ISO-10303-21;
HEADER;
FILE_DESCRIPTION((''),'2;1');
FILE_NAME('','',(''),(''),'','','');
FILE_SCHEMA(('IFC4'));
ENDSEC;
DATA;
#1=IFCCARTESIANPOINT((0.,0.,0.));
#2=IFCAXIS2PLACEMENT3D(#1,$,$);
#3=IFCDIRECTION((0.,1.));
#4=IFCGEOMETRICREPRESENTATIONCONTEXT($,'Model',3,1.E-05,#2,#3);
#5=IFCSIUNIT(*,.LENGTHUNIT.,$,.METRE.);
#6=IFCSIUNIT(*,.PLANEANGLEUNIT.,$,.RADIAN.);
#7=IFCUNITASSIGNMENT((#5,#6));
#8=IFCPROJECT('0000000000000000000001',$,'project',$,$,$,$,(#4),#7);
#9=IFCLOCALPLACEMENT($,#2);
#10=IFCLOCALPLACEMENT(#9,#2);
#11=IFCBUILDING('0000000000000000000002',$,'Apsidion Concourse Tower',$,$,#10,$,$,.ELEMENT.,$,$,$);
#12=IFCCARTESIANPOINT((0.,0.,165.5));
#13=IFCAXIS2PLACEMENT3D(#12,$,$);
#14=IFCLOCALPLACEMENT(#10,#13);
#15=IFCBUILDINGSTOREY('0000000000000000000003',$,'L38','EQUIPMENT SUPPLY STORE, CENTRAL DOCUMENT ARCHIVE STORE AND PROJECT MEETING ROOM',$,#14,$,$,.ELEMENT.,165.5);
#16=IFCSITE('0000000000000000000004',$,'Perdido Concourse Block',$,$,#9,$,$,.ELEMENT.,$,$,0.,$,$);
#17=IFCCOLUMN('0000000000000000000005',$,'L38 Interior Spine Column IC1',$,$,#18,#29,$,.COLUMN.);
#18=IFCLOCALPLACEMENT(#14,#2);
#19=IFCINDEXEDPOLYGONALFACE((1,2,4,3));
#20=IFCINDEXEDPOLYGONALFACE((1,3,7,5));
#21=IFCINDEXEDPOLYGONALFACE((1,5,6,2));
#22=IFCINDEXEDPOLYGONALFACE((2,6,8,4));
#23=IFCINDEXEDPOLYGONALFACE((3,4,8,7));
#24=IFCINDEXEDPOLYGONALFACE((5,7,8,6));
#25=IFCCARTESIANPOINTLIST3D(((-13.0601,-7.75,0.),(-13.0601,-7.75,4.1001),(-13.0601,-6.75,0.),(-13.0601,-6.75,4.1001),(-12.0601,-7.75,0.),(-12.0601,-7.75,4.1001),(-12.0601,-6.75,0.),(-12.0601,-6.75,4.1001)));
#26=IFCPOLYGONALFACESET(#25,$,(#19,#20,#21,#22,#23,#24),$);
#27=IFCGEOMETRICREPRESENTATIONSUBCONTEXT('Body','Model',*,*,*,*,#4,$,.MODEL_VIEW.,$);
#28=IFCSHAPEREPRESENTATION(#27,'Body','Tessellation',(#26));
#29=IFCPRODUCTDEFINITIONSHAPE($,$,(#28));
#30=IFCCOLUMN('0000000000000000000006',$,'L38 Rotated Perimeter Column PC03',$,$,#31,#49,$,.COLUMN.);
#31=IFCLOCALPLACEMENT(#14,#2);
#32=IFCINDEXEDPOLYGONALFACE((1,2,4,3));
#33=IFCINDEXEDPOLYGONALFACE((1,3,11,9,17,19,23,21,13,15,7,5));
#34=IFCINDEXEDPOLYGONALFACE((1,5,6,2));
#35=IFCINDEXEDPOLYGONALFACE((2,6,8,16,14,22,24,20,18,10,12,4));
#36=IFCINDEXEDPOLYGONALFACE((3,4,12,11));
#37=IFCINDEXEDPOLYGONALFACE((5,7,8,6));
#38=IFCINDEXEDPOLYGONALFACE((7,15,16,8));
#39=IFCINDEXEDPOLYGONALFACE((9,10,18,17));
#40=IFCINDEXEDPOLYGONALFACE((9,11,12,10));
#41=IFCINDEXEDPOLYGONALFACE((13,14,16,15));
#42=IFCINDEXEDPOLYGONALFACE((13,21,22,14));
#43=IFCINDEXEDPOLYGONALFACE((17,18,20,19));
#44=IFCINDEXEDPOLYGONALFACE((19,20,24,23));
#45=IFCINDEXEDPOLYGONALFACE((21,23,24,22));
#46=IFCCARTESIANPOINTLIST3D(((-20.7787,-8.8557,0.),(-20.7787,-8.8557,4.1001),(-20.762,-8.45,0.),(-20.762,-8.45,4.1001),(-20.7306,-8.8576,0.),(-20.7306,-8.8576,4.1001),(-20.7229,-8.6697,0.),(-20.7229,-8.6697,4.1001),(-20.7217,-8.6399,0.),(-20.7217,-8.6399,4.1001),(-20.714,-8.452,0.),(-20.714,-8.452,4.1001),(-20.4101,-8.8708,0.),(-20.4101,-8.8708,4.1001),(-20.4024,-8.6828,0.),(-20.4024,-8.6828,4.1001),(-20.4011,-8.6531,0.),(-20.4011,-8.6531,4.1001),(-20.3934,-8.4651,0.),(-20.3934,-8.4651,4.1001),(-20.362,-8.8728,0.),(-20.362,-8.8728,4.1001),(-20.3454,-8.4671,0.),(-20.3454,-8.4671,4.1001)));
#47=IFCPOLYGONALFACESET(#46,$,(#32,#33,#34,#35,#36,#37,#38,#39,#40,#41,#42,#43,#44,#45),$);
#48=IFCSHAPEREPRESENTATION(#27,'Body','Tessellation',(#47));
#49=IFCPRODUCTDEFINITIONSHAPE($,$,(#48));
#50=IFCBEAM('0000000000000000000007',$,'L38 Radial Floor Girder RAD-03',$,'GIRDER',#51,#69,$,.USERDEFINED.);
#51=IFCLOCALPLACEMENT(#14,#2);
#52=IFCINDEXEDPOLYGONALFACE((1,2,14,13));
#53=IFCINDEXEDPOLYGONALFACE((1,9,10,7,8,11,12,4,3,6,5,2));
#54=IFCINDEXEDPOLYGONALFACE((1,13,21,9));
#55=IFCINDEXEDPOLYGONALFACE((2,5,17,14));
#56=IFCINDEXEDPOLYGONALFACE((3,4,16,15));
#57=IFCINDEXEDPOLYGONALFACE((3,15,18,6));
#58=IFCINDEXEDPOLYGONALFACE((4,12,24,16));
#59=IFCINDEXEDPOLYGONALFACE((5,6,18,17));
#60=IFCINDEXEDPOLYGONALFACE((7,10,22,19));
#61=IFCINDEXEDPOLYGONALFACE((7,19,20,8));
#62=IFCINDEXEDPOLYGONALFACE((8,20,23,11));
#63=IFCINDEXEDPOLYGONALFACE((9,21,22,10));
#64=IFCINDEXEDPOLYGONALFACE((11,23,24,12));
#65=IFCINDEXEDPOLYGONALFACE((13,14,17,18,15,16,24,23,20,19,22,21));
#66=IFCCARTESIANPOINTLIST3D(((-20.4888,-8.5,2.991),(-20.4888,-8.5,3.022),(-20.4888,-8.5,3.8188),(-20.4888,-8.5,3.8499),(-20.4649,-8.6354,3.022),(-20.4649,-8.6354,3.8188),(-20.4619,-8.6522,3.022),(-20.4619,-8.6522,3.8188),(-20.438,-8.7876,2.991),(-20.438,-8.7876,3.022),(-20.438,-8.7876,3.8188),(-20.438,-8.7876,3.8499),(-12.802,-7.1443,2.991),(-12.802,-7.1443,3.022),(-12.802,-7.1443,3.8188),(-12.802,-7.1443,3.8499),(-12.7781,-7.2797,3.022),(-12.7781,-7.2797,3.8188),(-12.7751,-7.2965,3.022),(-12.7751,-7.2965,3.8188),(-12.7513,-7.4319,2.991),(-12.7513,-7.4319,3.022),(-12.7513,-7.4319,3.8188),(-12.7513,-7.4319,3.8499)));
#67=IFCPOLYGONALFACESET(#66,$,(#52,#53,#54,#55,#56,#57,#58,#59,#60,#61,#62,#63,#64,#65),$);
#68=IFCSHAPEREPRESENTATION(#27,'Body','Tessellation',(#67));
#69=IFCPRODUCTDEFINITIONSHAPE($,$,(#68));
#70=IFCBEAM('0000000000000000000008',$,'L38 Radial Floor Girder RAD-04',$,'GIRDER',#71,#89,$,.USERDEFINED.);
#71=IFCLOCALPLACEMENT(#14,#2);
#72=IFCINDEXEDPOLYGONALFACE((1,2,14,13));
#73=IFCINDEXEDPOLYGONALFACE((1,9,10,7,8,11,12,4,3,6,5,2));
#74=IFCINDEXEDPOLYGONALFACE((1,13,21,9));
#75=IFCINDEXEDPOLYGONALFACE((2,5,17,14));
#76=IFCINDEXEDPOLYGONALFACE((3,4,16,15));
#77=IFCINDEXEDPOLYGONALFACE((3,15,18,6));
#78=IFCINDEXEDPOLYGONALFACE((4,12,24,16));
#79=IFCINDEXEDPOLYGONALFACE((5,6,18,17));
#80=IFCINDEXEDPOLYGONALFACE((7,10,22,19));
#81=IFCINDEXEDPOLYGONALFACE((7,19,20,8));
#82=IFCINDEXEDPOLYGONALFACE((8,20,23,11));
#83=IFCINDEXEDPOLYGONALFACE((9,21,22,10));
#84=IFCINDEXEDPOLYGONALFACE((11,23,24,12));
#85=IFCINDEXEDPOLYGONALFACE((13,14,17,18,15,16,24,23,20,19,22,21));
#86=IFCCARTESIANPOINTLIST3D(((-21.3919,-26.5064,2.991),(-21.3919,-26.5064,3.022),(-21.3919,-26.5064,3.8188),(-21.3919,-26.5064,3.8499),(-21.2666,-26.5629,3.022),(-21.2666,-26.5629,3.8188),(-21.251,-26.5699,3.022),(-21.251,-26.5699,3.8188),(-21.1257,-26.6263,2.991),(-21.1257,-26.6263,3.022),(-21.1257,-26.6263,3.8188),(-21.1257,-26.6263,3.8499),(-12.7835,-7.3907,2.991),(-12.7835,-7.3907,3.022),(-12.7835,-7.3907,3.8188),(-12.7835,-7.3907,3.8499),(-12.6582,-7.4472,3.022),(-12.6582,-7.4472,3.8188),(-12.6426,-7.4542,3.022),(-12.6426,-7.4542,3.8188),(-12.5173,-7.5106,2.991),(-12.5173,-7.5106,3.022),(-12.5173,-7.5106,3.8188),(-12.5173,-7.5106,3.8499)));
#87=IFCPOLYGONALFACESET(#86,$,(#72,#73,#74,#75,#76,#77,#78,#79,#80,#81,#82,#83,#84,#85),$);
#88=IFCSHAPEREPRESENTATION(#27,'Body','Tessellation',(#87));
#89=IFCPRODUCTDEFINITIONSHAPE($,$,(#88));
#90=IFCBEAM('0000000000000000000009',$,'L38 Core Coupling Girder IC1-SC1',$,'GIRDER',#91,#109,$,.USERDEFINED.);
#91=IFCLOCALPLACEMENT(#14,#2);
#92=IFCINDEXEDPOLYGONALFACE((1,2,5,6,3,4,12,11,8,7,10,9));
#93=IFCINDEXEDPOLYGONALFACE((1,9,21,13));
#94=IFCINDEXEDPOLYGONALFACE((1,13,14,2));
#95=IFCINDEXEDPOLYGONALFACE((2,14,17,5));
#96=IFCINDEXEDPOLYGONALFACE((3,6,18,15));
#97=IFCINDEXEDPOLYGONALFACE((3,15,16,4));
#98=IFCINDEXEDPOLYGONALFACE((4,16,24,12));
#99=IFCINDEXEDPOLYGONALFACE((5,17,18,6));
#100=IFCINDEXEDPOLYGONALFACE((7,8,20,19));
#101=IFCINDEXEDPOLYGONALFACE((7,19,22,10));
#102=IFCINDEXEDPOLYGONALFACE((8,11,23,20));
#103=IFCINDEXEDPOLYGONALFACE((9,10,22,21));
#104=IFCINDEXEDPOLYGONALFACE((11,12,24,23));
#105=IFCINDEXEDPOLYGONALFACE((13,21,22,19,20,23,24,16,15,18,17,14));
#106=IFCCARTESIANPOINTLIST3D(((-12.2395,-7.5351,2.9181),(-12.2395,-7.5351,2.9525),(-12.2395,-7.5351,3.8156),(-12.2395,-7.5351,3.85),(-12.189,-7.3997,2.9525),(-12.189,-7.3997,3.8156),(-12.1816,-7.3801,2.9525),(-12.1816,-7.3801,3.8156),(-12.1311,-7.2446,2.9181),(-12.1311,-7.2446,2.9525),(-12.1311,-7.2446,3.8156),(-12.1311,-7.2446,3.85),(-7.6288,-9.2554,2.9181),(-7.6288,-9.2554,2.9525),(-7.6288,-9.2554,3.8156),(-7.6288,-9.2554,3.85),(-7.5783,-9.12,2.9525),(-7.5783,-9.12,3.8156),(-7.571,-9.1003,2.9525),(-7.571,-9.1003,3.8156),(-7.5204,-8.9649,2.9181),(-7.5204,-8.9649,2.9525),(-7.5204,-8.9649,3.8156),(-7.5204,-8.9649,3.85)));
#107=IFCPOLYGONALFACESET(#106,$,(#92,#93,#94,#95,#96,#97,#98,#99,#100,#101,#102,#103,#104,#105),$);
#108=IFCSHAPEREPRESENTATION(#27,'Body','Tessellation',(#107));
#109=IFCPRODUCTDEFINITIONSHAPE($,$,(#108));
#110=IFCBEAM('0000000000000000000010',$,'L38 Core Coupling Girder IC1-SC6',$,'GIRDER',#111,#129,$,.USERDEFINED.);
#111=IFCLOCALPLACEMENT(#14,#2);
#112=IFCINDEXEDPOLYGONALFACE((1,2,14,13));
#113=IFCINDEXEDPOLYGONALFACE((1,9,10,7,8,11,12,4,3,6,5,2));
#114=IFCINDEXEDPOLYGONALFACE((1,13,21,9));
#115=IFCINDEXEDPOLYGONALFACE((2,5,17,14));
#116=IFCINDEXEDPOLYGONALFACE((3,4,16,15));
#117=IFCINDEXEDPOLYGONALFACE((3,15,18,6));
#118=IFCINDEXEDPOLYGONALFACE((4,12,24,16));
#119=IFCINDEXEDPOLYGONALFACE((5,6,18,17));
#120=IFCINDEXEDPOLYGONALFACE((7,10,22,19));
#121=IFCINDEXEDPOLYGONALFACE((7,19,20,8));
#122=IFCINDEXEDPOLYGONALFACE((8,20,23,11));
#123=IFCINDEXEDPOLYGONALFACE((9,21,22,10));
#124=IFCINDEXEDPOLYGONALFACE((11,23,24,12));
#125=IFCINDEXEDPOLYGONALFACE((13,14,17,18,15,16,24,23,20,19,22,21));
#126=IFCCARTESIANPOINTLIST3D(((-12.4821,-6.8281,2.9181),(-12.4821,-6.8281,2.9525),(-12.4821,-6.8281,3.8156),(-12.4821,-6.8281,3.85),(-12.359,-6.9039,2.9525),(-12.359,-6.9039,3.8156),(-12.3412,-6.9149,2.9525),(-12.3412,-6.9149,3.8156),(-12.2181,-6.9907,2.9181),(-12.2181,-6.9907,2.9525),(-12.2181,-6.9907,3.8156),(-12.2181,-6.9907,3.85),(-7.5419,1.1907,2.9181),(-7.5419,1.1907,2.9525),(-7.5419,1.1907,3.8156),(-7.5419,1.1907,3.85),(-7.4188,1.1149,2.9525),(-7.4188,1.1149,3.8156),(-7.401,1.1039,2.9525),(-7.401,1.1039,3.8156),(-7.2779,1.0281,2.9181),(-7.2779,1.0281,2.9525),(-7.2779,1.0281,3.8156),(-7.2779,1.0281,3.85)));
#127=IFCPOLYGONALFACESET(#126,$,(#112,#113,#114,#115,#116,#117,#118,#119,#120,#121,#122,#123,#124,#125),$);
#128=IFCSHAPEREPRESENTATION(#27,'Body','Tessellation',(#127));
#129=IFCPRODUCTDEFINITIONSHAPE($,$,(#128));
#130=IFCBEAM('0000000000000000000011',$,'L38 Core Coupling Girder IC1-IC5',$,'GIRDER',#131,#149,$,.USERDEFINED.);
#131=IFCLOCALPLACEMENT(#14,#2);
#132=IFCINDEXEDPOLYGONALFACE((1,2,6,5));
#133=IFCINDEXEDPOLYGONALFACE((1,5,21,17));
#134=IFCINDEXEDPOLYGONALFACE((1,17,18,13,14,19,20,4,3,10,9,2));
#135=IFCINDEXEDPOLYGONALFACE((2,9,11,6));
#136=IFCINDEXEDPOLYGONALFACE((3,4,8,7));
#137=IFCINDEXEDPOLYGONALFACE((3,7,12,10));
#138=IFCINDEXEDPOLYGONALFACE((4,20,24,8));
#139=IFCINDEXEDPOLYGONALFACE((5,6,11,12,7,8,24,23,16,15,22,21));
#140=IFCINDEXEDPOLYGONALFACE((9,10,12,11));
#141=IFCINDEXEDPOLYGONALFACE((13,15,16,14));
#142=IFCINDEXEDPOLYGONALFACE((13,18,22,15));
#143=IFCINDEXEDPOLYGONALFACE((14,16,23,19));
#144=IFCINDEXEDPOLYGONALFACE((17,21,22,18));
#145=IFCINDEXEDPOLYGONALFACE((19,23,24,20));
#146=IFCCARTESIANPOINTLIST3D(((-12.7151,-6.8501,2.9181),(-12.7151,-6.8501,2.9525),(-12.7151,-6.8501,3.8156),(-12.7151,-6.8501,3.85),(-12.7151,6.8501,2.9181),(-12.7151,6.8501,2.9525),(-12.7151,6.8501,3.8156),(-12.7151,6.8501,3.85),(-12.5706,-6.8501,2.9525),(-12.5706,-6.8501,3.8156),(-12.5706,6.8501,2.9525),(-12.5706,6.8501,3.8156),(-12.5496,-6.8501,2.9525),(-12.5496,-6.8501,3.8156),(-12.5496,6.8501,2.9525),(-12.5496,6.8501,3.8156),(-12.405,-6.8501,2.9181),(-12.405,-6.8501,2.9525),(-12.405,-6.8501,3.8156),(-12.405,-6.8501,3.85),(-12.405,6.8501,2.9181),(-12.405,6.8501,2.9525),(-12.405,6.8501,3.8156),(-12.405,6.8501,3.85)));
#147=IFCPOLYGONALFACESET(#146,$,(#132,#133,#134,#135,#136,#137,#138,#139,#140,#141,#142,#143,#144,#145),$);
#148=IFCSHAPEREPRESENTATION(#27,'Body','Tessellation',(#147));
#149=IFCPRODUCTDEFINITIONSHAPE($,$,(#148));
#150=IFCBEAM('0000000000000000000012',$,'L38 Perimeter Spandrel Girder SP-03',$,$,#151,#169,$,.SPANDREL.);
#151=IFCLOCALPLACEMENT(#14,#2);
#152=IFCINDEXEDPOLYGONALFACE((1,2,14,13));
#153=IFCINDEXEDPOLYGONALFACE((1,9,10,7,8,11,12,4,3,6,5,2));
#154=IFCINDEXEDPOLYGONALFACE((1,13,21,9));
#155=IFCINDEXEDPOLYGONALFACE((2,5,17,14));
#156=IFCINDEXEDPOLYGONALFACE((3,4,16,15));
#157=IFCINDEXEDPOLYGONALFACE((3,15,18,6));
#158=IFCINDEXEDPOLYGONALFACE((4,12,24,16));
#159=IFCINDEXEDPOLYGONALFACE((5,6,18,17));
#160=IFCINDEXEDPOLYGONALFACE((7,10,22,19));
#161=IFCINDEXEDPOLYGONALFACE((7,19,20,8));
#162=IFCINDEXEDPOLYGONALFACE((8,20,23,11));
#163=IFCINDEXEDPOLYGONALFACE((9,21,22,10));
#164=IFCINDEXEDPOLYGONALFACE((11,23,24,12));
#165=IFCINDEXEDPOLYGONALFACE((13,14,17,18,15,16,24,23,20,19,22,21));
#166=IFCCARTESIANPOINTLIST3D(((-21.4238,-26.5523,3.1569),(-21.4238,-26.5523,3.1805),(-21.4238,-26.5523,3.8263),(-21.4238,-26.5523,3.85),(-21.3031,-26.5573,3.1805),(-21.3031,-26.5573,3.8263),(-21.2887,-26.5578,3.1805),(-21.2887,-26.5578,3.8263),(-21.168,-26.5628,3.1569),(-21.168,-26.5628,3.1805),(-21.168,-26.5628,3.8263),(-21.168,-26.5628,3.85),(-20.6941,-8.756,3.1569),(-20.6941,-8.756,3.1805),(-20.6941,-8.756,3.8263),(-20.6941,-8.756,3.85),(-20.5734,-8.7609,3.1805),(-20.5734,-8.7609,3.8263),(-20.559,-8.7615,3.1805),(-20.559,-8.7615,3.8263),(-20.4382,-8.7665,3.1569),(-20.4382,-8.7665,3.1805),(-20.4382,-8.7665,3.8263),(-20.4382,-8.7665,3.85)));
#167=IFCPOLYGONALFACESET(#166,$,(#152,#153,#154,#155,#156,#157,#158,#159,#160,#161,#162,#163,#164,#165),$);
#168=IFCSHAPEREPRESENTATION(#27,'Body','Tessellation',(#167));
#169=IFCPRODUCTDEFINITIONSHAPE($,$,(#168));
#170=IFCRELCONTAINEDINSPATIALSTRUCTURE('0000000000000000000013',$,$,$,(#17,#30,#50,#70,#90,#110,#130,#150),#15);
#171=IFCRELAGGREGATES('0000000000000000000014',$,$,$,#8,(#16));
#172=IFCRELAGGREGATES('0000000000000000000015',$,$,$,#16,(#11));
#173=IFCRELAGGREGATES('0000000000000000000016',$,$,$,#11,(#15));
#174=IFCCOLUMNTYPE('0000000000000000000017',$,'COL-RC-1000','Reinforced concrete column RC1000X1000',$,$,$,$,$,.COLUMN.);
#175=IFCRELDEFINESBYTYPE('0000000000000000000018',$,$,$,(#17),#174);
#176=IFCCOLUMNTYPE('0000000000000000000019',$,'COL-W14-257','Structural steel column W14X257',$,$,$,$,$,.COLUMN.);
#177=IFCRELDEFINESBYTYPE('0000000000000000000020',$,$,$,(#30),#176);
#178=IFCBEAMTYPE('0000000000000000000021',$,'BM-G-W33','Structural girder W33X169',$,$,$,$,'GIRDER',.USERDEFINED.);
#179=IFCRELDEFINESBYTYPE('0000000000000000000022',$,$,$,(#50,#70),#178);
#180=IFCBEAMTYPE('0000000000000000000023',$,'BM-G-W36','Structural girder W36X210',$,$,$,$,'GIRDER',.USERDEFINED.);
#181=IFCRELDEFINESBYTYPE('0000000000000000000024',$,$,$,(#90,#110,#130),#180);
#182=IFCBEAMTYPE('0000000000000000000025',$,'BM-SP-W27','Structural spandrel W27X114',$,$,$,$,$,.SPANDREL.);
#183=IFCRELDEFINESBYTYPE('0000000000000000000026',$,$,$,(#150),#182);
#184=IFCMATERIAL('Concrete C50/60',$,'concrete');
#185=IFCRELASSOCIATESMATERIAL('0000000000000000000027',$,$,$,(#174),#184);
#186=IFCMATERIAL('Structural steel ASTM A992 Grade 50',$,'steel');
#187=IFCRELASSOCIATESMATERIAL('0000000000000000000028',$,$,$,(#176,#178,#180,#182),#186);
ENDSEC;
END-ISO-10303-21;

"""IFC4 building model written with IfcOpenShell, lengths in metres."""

from ifc_helpers import new_model, si_unit, direction, frame, origin, origin_2d, place, context, subcontext, project, spatial, rectangle, i_section, extrude, material, material_profile, profile_set, type_object, element, save


model = new_model("IFC4")

# Units and contexts
model_context = context("Model", 3, precision=1e-05, world=origin(), true_north=direction((0.0, 1.0)))
body_context = subcontext(model_context, "Body", "Model", "MODEL_VIEW")
ifc_project = project(units=[si_unit("LENGTHUNIT", "METRE"), si_unit("PLANEANGLEUNIT", "RADIAN")], contexts=[model_context])

# Site, building, storey
site_placement = place(None, origin())
site = spatial("IfcSite", under=ifc_project, at=site_placement, Name="Perdido Concourse Block", CompositionType="ELEMENT", RefElevation=0.0)
building_placement = place(site_placement, origin())
building = spatial("IfcBuilding", under=site, at=building_placement, Name="Apsidion Concourse Tower", CompositionType="ELEMENT")
storey_placement = place(building_placement, frame((0.0, 0.0, 165.5)))
storey = spatial("IfcBuildingStorey", under=building, at=storey_placement, Name="L38", Description="EQUIPMENT SUPPLY STORE, CENTRAL DOCUMENT ARCHIVE STORE AND PROJECT MEETING ROOM", CompositionType="ELEMENT", Elevation=165.5)

# Columns
ifc_material_1 = material(Name="Concrete C50/60", Category="concrete")
ifc_material_profile_1 = material_profile(ifc_material_1, rectangle(XDim=1.0, YDim=1.0, at=origin_2d()), Name="RC 1000x1000")
ifc_profile_set_1 = profile_set([ifc_material_profile_1], Name="Concrete C50/60")
column_type_1 = type_object("IfcColumnType", Name="COL-RC-1000", Description="Reinforced concrete column RC1000X1000", PredefinedType="COLUMN", material=ifc_profile_set_1)
column_1_placement = place(storey_placement, frame((-12.5601, -7.25, 0.0), z_axis=(0.0, 0.0, 1.0), x_axis=(1.0, 0.0, 0.0)))
element("IfcColumn", 1, at=column_1_placement, inside=storey, type_object=column_type_1, Name="L38 Interior Spine Column IC1", PredefinedType="COLUMN", context=body_context, shape_type="SweptSolid", body=[
    extrude(rectangle(XDim=1.0, YDim=1.0, at=origin_2d()), origin(), (0.0, 0.0, 1.0), 4.1001),
])
ifc_material_2 = material(Name="Structural steel ASTM A992 Grade 50", Category="steel")
ifc_material_profile_2 = material_profile(ifc_material_2, i_section(OverallWidth=0.406, OverallDepth=0.417, WebThickness=0.0298, FlangeThickness=0.0481, at=origin_2d()), Name="W14X257")
ifc_profile_set_2 = profile_set([ifc_material_profile_2], Name="Structural steel ASTM A992 Grade 50")
column_type_2 = type_object("IfcColumnType", Name="COL-W14-257", Description="Structural steel column W14X257", PredefinedType="COLUMN", material=ifc_profile_set_2)
column_2_placement = place(storey_placement, frame((-20.562, -8.6614, 0.0), z_axis=(0.0, 0.0, 1.0), x_axis=(0.041004, 0.999159, 0.0)))
element("IfcColumn", 2, at=column_2_placement, inside=storey, type_object=column_type_2, Name="L38 Rotated Perimeter Column PC03", PredefinedType="COLUMN", context=body_context, shape_type="SweptSolid", body=[
    extrude(i_section(OverallWidth=0.406, OverallDepth=0.417, WebThickness=0.0298, FlangeThickness=0.0481, at=origin_2d()), origin(), (0.0, 0.0, 1.0), 4.1001),
])

# Beams
ifc_material_profile_3 = material_profile(ifc_material_2, i_section(OverallWidth=0.292, OverallDepth=0.8589, WebThickness=0.0171, FlangeThickness=0.031, at=origin_2d()), Name="W33X169")
ifc_profile_set_3 = profile_set([ifc_material_profile_3], Name="Structural steel ASTM A992 Grade 50")
beam_type_1 = type_object("IfcBeamType", Name="BM-G-W33", Description="Structural girder W33X169", ElementType="GIRDER", PredefinedType="USERDEFINED", material=ifc_profile_set_3)
beam_1_placement = place(storey_placement, frame((-12.7766, -7.2881, 3.4204), z_axis=(-0.984801, -0.173689, 0.0), x_axis=(0.173689, -0.984801, 0.0)))
element("IfcBeam", 3, at=beam_1_placement, inside=storey, type_object=beam_type_1, Name="L38 Radial Floor Girder RAD-03", ObjectType="GIRDER", PredefinedType="USERDEFINED", context=body_context, shape_type="SweptSolid", body=[
    extrude(i_section(OverallWidth=0.292, OverallDepth=0.8589, WebThickness=0.0171, FlangeThickness=0.031, at=origin_2d()), origin(), (0.0, 0.0, 1.0), 7.8054),
])
beam_2_placement = place(storey_placement, frame((-12.6504, -7.4507, 3.4204), z_axis=(-0.410615, -0.911809, 0.0), x_axis=(0.911809, -0.410615, 0.0)))
element("IfcBeam", 4, at=beam_2_placement, inside=storey, type_object=beam_type_1, Name="L38 Radial Floor Girder RAD-04", ObjectType="GIRDER", PredefinedType="USERDEFINED", context=body_context, shape_type="SweptSolid", body=[
    extrude(i_section(OverallWidth=0.292, OverallDepth=0.8589, WebThickness=0.0171, FlangeThickness=0.031, at=origin_2d()), origin(), (0.0, 0.0, 1.0), 20.9646),
])
ifc_material_profile_4 = material_profile(ifc_material_2, i_section(OverallWidth=0.3101, OverallDepth=0.9319, WebThickness=0.021, FlangeThickness=0.0344, at=origin_2d()), Name="W36X210")
ifc_profile_set_4 = profile_set([ifc_material_profile_4], Name="Structural steel ASTM A992 Grade 50")
beam_type_2 = type_object("IfcBeamType", Name="BM-G-W36", Description="Structural girder W36X210", ElementType="GIRDER", PredefinedType="USERDEFINED", material=ifc_profile_set_4)
beam_3_placement = place(storey_placement, frame((-12.1853, -7.3899, 3.384), z_axis=(0.936913, -0.349563, 0.0), x_axis=(0.349563, 0.936913, 0.0)))
element("IfcBeam", 5, at=beam_3_placement, inside=storey, type_object=beam_type_2, Name="L38 Core Coupling Girder IC1-SC1", ObjectType="GIRDER", PredefinedType="USERDEFINED", context=body_context, shape_type="SweptSolid", body=[
    extrude(i_section(OverallWidth=0.3101, OverallDepth=0.9319, WebThickness=0.021, FlangeThickness=0.0344, at=origin_2d()), origin(), (0.0, 0.0, 1.0), 4.9211),
])
beam_4_placement = place(storey_placement, frame((-12.3501, -6.9094, 3.384), z_axis=(0.524524, 0.851396, 0.0), x_axis=(-0.851396, 0.524524, 0.0)))
element("IfcBeam", 6, at=beam_4_placement, inside=storey, type_object=beam_type_2, Name="L38 Core Coupling Girder IC1-SC6", ObjectType="GIRDER", PredefinedType="USERDEFINED", context=body_context, shape_type="SweptSolid", body=[
    extrude(i_section(OverallWidth=0.3101, OverallDepth=0.9319, WebThickness=0.021, FlangeThickness=0.0344, at=origin_2d()), origin(), (0.0, 0.0, 1.0), 9.4185),
])
beam_5_placement = place(storey_placement, frame((-12.5601, -6.8501, 3.384), z_axis=(0.0, 1.0, 0.0), x_axis=(-1.0, 0.0, 0.0)))
element("IfcBeam", 7, at=beam_5_placement, inside=storey, type_object=beam_type_2, Name="L38 Core Coupling Girder IC1-IC5", ObjectType="GIRDER", PredefinedType="USERDEFINED", context=body_context, shape_type="SweptSolid", body=[
    extrude(i_section(OverallWidth=0.3101, OverallDepth=0.9319, WebThickness=0.021, FlangeThickness=0.0344, at=origin_2d()), origin(), (0.0, 0.0, 1.0), 13.7002),
])
ifc_material_profile_5 = material_profile(ifc_material_2, i_section(OverallWidth=0.2561, OverallDepth=0.6931, WebThickness=0.0144, FlangeThickness=0.0237, at=origin_2d()), Name="W27X114")
ifc_profile_set_5 = profile_set([ifc_material_profile_5], Name="Structural steel ASTM A992 Grade 50")
beam_type_3 = type_object("IfcBeamType", Name="BM-SP-W27", Description="Structural spandrel W27X114", PredefinedType="SPANDREL", material=ifc_profile_set_5)
beam_6_placement = place(storey_placement, frame((-20.5662, -8.7612, 3.5034), z_axis=(-0.04097, -0.99916, 0.0), x_axis=(0.99916, -0.04097, 0.0)))
element("IfcBeam", 8, at=beam_6_placement, inside=storey, type_object=beam_type_3, Name="L38 Perimeter Spandrel Girder SP-03", PredefinedType="SPANDREL", context=body_context, shape_type="SweptSolid", body=[
    extrude(i_section(OverallWidth=0.2561, OverallDepth=0.6931, WebThickness=0.0144, FlangeThickness=0.0237, at=origin_2d()), origin(), (0.0, 0.0, 1.0), 17.8113),
])

save(model, "model.ifc")
